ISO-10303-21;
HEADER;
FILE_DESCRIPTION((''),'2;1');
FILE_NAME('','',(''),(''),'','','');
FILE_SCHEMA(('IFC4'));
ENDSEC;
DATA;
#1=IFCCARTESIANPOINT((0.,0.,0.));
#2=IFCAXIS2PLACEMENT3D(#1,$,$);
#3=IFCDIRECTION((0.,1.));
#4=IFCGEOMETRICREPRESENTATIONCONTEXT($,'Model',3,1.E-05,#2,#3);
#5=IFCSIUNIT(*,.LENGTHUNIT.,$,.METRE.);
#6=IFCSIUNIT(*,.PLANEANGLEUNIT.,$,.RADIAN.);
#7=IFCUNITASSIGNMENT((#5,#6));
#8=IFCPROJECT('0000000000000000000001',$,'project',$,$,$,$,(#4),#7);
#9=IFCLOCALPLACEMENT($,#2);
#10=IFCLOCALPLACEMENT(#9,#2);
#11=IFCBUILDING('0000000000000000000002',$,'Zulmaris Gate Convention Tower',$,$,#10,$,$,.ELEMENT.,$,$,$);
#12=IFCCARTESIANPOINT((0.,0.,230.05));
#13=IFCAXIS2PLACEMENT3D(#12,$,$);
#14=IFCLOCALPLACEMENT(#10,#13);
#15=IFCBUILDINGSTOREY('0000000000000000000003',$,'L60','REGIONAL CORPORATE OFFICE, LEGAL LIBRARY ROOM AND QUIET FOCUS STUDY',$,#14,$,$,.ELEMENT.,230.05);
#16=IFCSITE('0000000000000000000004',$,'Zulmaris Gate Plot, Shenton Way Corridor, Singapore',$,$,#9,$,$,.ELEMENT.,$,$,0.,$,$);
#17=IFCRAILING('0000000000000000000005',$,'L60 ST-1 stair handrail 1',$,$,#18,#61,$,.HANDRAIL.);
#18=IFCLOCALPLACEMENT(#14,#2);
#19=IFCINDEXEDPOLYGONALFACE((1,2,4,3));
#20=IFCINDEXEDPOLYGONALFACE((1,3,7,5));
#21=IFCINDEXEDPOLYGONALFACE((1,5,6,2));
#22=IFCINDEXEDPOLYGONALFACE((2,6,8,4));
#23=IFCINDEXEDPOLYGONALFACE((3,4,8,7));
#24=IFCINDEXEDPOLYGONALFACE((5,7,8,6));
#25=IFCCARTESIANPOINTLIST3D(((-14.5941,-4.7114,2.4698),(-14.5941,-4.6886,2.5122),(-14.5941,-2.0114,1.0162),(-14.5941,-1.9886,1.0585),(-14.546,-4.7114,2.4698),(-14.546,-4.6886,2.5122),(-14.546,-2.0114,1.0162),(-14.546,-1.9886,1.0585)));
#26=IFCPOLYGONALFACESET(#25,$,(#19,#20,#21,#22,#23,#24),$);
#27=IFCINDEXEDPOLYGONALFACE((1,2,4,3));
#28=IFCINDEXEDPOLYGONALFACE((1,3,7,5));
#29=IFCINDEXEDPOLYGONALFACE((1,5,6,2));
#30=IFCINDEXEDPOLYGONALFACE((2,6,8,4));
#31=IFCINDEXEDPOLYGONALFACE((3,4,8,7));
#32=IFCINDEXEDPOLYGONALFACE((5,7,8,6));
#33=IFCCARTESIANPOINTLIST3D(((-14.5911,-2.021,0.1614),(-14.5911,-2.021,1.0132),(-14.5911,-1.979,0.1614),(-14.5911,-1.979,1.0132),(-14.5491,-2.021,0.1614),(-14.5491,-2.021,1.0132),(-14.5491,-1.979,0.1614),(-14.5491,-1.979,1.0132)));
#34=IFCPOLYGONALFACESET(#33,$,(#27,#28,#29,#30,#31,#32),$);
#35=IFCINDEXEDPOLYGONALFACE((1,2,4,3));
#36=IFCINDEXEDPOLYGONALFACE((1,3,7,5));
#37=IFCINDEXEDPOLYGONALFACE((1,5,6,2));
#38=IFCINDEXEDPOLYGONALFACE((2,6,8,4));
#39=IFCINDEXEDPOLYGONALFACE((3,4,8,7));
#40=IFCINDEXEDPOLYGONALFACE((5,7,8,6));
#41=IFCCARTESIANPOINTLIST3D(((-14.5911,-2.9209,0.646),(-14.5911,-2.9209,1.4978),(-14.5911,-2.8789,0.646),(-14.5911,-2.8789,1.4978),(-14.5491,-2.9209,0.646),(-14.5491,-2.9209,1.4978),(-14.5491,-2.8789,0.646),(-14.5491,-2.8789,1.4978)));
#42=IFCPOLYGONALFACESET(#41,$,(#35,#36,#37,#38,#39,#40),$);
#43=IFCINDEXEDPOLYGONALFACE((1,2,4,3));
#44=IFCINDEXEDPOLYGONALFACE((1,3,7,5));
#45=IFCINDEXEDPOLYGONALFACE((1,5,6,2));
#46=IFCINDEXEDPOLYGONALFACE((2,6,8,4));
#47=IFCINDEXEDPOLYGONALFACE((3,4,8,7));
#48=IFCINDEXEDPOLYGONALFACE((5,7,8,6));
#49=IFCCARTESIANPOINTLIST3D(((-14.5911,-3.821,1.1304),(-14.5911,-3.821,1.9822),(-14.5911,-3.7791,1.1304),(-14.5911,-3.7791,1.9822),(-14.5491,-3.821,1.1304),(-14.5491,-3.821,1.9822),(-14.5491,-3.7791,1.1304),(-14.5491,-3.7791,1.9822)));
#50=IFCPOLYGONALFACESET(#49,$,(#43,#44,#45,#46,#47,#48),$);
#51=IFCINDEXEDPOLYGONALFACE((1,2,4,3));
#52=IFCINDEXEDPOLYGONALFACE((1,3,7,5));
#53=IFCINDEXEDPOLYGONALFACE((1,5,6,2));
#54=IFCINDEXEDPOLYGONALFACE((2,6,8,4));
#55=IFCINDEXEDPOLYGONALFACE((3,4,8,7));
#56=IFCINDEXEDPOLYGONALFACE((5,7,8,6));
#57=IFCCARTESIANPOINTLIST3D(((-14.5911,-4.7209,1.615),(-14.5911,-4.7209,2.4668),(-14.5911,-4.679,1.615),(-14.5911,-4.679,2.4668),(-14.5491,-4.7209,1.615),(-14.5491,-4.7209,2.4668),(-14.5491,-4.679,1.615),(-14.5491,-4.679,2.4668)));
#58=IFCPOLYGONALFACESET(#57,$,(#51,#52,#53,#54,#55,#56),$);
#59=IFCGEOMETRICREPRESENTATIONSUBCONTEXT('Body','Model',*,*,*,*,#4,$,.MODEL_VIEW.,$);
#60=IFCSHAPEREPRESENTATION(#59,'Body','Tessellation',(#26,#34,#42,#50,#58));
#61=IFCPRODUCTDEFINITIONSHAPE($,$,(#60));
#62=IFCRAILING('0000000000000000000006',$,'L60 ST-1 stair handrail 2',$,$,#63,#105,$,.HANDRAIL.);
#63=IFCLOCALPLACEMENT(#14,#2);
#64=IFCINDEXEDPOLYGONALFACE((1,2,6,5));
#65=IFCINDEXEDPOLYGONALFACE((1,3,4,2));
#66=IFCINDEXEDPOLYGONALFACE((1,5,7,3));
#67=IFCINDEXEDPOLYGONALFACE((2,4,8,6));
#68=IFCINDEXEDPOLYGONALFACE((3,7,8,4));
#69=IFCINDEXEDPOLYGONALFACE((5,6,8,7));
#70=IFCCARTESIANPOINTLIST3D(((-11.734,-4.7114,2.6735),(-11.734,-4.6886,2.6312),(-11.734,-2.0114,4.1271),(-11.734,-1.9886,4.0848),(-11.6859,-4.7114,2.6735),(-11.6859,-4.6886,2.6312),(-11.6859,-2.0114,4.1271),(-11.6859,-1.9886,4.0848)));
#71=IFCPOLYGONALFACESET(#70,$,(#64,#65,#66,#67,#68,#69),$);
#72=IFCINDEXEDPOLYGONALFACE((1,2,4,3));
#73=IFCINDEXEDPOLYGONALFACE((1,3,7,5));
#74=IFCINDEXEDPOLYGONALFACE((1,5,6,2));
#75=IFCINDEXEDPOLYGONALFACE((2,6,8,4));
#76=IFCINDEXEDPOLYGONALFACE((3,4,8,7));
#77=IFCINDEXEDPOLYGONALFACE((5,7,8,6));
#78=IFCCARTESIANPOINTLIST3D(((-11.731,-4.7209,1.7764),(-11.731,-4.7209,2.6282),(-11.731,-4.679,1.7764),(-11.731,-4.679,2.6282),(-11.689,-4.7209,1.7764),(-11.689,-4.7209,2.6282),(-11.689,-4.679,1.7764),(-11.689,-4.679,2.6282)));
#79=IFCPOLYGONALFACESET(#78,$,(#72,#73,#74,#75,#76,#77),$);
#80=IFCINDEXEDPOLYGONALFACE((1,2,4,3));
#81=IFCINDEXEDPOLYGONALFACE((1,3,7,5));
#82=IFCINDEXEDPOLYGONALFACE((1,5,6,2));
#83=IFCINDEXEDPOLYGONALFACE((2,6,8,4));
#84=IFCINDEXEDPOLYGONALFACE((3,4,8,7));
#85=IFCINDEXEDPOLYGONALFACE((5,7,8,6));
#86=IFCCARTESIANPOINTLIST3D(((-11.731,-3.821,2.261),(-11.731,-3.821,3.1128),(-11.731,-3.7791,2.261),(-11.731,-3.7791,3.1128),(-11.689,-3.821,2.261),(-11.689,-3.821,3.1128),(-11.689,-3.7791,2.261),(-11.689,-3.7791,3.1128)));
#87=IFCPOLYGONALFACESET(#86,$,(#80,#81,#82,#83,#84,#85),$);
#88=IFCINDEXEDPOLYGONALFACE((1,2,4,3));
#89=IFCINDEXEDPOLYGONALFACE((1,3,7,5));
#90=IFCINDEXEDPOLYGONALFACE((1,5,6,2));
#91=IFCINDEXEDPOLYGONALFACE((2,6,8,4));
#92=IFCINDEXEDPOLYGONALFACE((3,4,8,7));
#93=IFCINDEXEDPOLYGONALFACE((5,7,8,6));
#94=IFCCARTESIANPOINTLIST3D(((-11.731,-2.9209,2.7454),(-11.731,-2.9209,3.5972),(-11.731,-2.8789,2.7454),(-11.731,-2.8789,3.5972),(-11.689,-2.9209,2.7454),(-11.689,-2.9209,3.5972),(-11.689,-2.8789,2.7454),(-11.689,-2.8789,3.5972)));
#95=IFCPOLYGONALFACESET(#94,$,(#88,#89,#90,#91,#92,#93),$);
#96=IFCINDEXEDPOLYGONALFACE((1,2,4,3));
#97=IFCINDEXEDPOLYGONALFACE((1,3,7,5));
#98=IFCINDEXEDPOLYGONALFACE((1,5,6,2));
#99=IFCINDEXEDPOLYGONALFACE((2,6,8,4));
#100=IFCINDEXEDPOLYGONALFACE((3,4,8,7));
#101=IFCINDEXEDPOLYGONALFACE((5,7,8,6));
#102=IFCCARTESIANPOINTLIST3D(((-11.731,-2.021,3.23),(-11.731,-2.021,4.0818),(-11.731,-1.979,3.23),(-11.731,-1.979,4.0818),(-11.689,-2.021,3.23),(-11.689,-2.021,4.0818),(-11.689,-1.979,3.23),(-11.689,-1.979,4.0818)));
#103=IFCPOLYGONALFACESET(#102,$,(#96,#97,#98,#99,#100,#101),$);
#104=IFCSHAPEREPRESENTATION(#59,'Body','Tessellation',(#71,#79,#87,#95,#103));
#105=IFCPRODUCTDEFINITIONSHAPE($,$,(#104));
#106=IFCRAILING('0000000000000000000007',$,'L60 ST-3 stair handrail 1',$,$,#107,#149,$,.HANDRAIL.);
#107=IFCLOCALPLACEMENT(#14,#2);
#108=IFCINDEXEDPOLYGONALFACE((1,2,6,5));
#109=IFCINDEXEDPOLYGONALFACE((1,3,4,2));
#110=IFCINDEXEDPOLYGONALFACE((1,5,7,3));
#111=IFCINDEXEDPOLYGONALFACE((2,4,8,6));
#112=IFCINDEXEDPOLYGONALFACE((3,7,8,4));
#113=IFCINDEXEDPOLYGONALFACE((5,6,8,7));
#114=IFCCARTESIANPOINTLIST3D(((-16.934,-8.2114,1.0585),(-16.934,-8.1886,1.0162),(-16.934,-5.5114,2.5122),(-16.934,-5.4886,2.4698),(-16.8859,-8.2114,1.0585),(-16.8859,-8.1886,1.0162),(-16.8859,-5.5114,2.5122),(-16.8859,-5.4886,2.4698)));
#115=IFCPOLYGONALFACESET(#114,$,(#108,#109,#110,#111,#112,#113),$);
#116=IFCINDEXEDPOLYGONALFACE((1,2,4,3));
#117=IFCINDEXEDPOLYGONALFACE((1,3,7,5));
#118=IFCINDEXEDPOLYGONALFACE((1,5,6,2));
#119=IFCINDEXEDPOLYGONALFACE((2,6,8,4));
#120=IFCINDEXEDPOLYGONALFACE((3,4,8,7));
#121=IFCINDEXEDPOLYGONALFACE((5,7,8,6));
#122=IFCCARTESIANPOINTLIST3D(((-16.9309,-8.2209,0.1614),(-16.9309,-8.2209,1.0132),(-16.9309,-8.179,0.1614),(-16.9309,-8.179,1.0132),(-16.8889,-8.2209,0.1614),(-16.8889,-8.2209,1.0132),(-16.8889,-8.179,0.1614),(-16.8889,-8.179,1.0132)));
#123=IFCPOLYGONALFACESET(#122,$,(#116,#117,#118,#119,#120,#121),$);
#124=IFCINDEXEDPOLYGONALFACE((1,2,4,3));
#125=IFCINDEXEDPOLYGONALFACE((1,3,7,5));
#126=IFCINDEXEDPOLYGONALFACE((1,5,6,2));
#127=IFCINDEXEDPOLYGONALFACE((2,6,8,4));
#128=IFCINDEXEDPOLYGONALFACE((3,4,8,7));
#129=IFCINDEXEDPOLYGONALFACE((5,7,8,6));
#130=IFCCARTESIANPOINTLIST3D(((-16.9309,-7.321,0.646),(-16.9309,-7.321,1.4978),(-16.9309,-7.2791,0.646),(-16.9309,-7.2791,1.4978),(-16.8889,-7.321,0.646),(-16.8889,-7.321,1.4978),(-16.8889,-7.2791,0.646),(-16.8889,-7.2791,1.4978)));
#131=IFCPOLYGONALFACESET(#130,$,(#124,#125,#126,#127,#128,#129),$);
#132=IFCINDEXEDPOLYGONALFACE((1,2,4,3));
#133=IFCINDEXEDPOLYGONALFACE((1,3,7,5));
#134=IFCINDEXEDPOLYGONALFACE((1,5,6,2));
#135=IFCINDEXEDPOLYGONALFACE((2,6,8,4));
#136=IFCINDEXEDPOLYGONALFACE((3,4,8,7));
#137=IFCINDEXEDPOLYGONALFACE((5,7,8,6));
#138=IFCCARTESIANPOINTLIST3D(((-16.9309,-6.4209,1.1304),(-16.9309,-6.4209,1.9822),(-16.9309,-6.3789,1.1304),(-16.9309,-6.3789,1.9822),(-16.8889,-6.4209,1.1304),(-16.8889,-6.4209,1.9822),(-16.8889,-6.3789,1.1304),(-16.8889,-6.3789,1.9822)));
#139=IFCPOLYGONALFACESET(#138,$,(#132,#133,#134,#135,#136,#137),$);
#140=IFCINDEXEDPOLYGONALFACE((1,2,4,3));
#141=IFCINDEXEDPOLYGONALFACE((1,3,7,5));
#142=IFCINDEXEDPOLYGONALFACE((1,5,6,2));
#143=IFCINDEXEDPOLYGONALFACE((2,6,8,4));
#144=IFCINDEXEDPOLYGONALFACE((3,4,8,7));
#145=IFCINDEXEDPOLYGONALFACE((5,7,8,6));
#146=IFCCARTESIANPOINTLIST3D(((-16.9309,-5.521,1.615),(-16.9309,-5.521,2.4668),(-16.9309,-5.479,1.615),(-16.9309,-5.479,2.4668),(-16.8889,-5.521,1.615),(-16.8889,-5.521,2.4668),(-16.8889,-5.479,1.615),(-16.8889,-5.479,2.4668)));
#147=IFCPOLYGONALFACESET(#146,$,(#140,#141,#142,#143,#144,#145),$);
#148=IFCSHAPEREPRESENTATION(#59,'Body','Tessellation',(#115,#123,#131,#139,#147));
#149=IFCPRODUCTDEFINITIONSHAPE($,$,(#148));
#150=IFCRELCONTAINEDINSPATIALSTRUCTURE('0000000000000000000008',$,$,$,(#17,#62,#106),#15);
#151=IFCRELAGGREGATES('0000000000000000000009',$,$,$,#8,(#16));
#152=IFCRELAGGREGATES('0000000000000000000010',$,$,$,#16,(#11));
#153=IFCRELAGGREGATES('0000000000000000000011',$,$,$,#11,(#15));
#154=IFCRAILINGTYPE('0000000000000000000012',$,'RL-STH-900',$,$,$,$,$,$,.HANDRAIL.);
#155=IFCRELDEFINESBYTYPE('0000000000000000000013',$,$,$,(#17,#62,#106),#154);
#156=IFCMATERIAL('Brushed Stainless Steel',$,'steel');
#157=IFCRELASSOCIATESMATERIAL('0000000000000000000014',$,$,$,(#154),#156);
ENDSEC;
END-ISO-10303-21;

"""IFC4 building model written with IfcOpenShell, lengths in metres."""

from ifc_helpers import new_model, si_unit, direction, frame, origin, origin_2d, place, context, subcontext, project, spatial, rectangle, extrude, material, type_object, element, save


model = new_model("IFC4")

# Units and contexts
model_context = context("Model", 3, precision=1e-05, world=origin(), true_north=direction((0.0, 1.0)))
body_context = subcontext(model_context, "Body", "Model", "MODEL_VIEW")
ifc_project = project(units=[si_unit("LENGTHUNIT", "METRE"), si_unit("PLANEANGLEUNIT", "RADIAN")], contexts=[model_context])

# Site, building, storey
site_placement = place(None, origin())
site = spatial("IfcSite", under=ifc_project, at=site_placement, Name="Zulmaris Gate Plot, Shenton Way Corridor, Singapore", CompositionType="ELEMENT", RefElevation=0.0)
building_placement = place(site_placement, origin())
building = spatial("IfcBuilding", under=site, at=building_placement, Name="Zulmaris Gate Convention Tower", CompositionType="ELEMENT")
storey_placement = place(building_placement, frame((0.0, 0.0, 230.05)))
storey = spatial("IfcBuildingStorey", under=building, at=storey_placement, Name="L60", Description="REGIONAL CORPORATE OFFICE, LEGAL LIBRARY ROOM AND QUIET FOCUS STUDY", CompositionType="ELEMENT", Elevation=230.05)

# Railings
ifc_material_1 = material(Name="Brushed Stainless Steel", Category="steel")
railing_type_1 = type_object("IfcRailingType", Name="RL-STH-900", PredefinedType="HANDRAIL", material=ifc_material_1)
railing_1_placement = place(storey_placement, frame((-14.5701, -2.0, 0.1614)))
element("IfcRailing", 1, at=railing_1_placement, inside=storey, type_object=railing_type_1, Name="L60 ST-1 stair handrail 1", PredefinedType="HANDRAIL", context=body_context, shape_type="SweptSolid", body=[
    extrude(rectangle(XDim=0.0481, YDim=0.0481, at=origin_2d()), frame((0.0, 0.0, 0.876), z_axis=(0.0, -0.880499, 0.474048), x_axis=(1.0, 0.0, 0.0)), (0.0, 0.0, 1.0), 3.0664),
    extrude(rectangle(XDim=0.042, YDim=0.042, at=origin_2d()), origin(), (0.0, 0.0, 1.0), 0.8518),
    extrude(rectangle(XDim=0.042, YDim=0.042, at=origin_2d()), frame((0.0, -0.8999, 0.4846)), (0.0, 0.0, 1.0), 0.8518),
    extrude(rectangle(XDim=0.042, YDim=0.042, at=origin_2d()), frame((0.0, -1.8, 0.969)), (0.0, 0.0, 1.0), 0.8518),
    extrude(rectangle(XDim=0.042, YDim=0.042, at=origin_2d()), frame((0.0, -2.7, 1.4536)), (0.0, 0.0, 1.0), 0.8518),
])
for number, where, name in (
    (2, (-11.71, -4.7, 1.7764), "L60 ST-1 stair handrail 2"),
    (3, (-16.9099, -8.2, 0.1614), "L60 ST-3 stair handrail 1"),
):
    element("IfcRailing", number, at=place(storey_placement, frame(where)), inside=storey, type_object=railing_type_1, Name=name, PredefinedType="HANDRAIL", context=body_context, shape_type="SweptSolid", body=[
        extrude(rectangle(XDim=0.0481, YDim=0.0481, at=origin_2d()), frame((0.0, 0.0, 0.876), z_axis=(0.0, 0.880499, 0.474048), x_axis=(-1.0, 0.0, 0.0)), (0.0, 0.0, 1.0), 3.0664),
        extrude(rectangle(XDim=0.042, YDim=0.042, at=origin_2d()), origin(), (0.0, 0.0, 1.0), 0.8518),
        extrude(rectangle(XDim=0.042, YDim=0.042, at=origin_2d()), frame((0.0, 0.8999, 0.4846)), (0.0, 0.0, 1.0), 0.8518),
        extrude(rectangle(XDim=0.042, YDim=0.042, at=origin_2d()), frame((0.0, 1.8, 0.969)), (0.0, 0.0, 1.0), 0.8518),
        extrude(rectangle(XDim=0.042, YDim=0.042, at=origin_2d()), frame((0.0, 2.7, 1.4536)), (0.0, 0.0, 1.0), 0.8518),
    ])

save(model, "model.ifc")
